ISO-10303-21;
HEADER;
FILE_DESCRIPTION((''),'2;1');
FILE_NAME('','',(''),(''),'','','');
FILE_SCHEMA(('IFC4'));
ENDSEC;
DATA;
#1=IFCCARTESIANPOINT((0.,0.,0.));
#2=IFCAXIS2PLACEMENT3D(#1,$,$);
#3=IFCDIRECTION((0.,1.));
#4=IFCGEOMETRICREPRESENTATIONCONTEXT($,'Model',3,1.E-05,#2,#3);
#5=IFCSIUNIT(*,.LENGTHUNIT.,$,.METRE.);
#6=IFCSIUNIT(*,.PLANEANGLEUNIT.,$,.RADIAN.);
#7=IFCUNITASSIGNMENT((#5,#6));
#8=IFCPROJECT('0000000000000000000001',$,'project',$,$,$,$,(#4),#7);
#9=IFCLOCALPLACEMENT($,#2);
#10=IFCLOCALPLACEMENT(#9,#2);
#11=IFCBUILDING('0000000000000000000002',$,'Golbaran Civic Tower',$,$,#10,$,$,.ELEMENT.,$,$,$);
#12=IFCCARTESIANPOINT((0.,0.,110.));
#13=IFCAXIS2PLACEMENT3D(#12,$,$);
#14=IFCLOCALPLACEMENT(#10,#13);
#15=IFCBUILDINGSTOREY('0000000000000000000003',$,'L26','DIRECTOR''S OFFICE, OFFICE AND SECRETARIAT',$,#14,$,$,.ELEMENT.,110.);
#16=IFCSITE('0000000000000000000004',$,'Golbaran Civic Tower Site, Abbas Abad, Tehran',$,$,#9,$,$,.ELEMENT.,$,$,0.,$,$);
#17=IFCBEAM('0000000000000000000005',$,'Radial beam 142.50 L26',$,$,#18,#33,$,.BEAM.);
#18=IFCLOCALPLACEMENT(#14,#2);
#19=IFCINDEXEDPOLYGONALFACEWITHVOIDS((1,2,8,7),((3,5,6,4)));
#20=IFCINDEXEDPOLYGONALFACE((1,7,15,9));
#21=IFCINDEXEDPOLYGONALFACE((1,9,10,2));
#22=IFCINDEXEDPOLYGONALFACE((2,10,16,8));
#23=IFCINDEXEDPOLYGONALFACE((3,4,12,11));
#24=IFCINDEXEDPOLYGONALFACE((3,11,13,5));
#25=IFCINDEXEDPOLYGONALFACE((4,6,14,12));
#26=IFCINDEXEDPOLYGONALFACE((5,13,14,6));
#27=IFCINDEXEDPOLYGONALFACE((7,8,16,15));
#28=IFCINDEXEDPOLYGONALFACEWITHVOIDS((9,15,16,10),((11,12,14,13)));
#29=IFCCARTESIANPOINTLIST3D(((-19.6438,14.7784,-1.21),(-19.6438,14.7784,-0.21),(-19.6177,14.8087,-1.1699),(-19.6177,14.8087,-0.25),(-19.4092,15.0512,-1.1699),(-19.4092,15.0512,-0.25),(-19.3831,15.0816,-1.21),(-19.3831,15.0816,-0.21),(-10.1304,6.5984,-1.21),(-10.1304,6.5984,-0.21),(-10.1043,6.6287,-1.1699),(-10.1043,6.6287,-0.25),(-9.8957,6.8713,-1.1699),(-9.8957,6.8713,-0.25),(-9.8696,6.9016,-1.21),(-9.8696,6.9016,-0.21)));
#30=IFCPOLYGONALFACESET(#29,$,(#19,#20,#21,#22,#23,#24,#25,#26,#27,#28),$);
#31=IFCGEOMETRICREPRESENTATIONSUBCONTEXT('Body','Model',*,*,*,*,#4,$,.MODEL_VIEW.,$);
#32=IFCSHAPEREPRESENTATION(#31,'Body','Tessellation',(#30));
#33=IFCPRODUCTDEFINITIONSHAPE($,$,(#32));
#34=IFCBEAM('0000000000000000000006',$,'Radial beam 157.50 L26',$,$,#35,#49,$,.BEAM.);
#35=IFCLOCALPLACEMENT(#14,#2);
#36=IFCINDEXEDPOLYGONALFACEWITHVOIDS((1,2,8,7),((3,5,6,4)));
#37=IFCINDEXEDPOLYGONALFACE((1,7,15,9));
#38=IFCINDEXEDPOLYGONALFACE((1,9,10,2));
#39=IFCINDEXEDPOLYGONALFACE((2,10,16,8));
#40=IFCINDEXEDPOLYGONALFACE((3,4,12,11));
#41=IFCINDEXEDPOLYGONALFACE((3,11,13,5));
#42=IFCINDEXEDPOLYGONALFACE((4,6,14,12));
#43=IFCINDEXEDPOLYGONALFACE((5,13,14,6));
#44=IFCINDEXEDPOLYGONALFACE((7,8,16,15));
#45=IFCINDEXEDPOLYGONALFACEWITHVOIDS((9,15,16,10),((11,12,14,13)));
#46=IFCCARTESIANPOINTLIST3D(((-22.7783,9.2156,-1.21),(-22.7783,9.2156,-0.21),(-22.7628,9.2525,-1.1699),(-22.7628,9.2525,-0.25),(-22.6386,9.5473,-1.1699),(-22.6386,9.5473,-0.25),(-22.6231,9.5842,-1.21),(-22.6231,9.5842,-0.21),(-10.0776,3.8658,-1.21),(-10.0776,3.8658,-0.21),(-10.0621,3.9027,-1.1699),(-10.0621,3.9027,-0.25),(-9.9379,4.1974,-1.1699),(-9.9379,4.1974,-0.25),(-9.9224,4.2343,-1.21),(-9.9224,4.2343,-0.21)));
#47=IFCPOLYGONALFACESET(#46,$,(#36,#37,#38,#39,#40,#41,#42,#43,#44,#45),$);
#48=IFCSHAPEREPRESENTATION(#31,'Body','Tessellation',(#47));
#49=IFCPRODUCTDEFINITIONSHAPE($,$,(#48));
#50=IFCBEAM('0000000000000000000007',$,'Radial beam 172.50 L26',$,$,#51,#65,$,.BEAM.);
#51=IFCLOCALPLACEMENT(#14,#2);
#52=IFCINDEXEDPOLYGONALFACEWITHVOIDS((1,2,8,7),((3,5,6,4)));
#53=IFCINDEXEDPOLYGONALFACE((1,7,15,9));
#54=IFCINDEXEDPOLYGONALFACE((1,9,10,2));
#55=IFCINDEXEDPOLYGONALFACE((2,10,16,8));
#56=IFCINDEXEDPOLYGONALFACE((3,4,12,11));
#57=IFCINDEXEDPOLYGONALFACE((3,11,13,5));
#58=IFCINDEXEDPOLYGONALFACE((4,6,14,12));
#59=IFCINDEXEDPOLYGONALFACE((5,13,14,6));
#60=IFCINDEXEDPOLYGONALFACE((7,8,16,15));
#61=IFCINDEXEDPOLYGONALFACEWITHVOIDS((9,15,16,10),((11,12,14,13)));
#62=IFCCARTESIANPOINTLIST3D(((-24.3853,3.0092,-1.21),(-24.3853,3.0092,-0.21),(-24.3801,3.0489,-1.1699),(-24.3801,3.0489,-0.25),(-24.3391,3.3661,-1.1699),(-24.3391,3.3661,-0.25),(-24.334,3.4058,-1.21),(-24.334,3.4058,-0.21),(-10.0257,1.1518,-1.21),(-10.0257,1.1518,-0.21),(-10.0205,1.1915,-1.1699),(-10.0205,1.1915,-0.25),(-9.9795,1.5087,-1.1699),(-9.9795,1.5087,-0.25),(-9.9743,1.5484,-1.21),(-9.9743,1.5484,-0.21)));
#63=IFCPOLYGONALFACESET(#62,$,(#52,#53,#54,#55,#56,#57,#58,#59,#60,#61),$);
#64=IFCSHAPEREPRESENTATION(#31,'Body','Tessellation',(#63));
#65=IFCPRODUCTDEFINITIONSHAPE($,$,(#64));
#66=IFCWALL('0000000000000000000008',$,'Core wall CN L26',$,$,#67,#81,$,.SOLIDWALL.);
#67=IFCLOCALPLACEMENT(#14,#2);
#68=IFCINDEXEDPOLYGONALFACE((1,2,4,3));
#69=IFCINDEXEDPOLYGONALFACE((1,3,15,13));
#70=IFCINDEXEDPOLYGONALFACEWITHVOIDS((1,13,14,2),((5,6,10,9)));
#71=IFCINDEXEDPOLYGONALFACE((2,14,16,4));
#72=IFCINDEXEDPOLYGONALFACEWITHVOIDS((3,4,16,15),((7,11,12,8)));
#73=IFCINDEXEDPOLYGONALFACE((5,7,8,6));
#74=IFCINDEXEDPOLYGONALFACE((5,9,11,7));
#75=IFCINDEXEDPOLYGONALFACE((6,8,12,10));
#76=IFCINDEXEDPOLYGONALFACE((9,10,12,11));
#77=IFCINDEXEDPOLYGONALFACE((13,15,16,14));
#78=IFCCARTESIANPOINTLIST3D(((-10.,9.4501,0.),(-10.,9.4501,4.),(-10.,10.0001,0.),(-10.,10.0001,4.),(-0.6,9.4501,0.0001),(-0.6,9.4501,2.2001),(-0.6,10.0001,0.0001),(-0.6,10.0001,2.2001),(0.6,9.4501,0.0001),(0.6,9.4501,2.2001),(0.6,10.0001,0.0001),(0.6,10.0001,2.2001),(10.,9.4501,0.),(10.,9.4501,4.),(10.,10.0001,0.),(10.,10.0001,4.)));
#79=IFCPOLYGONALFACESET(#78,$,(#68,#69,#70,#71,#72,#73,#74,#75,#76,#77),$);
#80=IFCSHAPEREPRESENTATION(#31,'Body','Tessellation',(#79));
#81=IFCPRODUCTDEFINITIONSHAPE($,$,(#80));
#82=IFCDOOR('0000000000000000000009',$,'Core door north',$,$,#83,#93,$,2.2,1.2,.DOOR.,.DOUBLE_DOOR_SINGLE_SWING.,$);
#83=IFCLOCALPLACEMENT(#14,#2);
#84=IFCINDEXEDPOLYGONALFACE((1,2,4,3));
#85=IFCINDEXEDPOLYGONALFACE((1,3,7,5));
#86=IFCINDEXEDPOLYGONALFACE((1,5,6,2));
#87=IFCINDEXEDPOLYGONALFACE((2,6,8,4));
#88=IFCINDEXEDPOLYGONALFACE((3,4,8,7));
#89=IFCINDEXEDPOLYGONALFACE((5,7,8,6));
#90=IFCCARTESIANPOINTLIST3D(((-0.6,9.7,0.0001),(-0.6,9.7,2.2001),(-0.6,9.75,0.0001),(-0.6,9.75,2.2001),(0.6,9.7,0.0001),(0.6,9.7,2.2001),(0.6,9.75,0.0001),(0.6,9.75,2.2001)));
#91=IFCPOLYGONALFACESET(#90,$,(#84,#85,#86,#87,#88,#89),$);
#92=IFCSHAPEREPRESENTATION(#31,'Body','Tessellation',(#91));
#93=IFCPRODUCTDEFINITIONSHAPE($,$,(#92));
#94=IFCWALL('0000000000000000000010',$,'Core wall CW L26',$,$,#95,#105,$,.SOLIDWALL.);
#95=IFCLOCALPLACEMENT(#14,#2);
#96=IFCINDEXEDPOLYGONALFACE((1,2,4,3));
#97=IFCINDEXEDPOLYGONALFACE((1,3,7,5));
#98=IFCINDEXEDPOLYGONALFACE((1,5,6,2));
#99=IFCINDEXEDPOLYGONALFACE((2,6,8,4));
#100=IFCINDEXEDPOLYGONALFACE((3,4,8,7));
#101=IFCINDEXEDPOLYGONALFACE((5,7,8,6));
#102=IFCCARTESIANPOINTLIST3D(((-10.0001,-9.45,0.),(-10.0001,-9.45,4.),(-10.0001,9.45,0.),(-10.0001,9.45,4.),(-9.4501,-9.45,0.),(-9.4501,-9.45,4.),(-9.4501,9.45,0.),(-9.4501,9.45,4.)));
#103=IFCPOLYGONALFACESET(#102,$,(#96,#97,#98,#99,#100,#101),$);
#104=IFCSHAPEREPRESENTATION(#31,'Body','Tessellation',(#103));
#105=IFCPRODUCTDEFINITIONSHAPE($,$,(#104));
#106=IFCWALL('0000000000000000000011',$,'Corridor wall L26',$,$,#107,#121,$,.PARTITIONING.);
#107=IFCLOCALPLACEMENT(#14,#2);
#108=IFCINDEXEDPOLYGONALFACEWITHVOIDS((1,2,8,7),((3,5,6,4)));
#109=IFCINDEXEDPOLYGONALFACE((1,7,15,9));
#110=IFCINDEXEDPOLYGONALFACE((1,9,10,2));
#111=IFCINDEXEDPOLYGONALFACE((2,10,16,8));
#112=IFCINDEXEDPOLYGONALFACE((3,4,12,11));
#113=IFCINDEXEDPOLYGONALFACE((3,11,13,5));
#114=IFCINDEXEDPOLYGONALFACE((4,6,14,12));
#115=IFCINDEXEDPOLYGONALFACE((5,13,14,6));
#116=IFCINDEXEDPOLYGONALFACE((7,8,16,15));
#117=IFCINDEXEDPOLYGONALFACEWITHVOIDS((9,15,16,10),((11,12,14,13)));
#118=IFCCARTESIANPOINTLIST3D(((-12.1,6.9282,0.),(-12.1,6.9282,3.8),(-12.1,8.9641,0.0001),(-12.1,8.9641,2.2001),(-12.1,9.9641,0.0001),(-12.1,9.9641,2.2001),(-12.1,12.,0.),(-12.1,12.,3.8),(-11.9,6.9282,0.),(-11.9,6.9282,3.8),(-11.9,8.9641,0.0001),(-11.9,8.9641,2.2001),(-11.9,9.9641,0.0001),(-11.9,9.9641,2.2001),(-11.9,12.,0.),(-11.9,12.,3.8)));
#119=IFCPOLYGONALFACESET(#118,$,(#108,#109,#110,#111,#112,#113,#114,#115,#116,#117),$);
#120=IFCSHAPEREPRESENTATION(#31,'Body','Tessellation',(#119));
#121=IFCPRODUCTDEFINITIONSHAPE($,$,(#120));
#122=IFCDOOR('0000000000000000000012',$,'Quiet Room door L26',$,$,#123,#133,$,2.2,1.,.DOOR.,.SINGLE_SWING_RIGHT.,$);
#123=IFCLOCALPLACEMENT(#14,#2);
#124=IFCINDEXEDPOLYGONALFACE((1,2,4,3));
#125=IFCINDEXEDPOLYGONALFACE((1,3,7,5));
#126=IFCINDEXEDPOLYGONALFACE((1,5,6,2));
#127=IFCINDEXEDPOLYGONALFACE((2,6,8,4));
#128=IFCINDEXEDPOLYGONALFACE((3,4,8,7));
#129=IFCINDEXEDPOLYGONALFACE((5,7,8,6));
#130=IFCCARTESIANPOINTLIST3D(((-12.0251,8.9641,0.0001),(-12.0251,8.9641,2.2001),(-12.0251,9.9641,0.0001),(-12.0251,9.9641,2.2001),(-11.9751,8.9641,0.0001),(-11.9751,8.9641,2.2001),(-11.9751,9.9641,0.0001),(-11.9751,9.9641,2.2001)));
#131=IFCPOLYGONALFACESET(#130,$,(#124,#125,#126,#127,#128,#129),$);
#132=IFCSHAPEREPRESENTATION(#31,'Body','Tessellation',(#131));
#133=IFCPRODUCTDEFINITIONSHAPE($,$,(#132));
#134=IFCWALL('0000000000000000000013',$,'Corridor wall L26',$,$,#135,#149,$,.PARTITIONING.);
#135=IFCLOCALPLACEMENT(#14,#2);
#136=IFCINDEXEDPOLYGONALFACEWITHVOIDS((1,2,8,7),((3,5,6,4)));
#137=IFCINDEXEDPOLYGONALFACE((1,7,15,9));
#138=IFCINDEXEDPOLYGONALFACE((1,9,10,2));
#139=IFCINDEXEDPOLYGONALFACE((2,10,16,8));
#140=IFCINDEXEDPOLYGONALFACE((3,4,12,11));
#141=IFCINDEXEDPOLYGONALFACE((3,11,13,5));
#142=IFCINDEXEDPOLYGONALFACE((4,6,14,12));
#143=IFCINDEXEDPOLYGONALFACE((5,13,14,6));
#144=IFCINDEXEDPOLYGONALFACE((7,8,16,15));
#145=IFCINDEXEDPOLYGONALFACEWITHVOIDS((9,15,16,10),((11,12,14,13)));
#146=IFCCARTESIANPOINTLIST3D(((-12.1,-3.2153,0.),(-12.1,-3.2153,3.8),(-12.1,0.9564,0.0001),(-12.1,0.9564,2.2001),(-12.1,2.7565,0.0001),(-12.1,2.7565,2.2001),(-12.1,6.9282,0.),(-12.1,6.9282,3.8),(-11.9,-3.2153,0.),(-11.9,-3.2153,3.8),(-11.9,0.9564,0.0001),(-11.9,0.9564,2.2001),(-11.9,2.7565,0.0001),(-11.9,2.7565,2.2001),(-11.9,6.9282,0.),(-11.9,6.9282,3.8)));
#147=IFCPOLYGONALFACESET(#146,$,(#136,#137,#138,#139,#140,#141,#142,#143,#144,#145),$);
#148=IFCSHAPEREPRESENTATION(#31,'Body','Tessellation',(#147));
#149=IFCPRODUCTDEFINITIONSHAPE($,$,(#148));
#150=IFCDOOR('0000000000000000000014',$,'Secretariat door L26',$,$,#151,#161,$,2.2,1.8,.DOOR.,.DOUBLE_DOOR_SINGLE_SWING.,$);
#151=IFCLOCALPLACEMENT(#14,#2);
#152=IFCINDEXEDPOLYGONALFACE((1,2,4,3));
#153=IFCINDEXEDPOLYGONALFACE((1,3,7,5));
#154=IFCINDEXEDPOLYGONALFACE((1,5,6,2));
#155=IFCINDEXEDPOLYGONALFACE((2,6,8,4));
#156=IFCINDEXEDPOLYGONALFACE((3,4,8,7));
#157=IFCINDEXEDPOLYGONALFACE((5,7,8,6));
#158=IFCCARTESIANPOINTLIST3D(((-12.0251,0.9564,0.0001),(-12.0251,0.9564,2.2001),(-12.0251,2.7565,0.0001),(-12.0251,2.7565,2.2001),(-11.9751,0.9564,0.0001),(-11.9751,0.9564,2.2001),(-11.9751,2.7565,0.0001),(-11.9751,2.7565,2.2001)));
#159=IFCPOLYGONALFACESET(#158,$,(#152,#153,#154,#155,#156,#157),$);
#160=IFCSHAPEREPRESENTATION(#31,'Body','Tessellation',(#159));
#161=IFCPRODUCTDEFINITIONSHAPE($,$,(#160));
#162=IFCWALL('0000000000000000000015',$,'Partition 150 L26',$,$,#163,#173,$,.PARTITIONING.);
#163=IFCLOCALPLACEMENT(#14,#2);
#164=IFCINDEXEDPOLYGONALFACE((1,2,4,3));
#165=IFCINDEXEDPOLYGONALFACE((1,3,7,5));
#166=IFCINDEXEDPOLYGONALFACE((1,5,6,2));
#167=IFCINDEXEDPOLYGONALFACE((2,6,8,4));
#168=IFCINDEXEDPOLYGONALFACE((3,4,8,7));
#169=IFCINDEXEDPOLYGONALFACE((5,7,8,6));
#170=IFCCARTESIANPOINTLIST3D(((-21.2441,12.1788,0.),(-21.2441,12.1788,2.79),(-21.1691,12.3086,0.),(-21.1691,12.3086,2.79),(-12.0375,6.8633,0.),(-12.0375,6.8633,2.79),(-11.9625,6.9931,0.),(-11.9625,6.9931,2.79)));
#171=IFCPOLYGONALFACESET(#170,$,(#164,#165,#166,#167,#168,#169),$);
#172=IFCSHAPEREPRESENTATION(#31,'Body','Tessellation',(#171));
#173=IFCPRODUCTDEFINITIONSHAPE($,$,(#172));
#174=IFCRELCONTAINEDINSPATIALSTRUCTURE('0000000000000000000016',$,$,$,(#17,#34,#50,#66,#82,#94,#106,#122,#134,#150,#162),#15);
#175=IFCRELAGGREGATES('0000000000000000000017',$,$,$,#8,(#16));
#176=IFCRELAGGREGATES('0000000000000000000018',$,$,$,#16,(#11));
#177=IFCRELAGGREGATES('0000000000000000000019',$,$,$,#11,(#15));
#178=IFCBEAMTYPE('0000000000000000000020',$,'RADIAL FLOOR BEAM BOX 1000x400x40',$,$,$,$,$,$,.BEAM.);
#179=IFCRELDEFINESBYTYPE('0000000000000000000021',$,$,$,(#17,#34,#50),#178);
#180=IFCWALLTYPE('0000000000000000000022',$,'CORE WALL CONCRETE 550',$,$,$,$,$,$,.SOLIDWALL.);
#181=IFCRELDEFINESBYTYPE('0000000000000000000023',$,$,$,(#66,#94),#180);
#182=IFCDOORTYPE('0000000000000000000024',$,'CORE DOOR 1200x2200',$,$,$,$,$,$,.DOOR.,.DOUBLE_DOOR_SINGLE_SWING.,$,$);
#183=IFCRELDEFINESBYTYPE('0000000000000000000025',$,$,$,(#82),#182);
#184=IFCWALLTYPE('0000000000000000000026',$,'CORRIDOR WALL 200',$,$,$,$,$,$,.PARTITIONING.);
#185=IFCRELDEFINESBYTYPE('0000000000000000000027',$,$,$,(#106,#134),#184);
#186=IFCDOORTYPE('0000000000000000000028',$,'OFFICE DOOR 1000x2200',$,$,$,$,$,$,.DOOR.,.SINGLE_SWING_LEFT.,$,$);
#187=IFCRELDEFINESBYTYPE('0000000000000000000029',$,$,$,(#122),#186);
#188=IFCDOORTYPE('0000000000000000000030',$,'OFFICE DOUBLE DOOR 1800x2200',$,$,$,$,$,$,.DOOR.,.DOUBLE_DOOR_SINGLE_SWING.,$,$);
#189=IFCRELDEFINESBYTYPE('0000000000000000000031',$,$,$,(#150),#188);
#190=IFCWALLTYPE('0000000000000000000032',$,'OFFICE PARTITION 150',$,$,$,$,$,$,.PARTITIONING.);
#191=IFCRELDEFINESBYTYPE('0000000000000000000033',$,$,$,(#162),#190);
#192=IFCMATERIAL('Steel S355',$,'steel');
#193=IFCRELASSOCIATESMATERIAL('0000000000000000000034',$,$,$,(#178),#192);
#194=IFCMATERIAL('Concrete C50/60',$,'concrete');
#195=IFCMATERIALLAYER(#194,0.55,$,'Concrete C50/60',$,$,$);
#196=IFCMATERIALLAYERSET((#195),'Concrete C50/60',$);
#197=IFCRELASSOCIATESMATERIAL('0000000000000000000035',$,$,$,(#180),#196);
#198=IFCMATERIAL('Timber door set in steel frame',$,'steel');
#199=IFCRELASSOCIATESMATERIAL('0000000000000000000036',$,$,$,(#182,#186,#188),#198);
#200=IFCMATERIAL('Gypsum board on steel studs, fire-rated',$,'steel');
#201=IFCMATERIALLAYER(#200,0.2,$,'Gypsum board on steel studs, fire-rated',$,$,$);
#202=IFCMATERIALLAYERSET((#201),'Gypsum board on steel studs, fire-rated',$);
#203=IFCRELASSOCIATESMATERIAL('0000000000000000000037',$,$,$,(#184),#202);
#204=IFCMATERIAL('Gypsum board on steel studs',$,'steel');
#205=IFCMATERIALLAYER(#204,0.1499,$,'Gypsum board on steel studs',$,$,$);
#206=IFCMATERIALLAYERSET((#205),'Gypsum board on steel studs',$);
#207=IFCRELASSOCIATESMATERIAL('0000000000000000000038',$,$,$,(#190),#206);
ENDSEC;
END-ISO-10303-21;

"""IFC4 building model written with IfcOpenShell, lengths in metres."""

from ifc_helpers import new_model, si_unit, direction, frame, frame_2d, origin, origin_2d, place, context, subcontext, project, spatial, rectangle, hollow_rectangle, extrude, material, layer, layer_set, material_profile, profile_set, type_object, element, fill, save


model = new_model("IFC4")

# Units and contexts
model_context = context("Model", 3, precision=1e-05, world=origin(), true_north=direction((0.0, 1.0)))
body_context = subcontext(model_context, "Body", "Model", "MODEL_VIEW")
ifc_project = project(units=[si_unit("LENGTHUNIT", "METRE"), si_unit("PLANEANGLEUNIT", "RADIAN")], contexts=[model_context])

# Site, building, storey
site_placement = place(None, origin())
site = spatial("IfcSite", under=ifc_project, at=site_placement, Name="Golbaran Civic Tower Site, Abbas Abad, Tehran", CompositionType="ELEMENT", RefElevation=0.0)
building_placement = place(site_placement, origin())
building = spatial("IfcBuilding", under=site, at=building_placement, Name="Golbaran Civic Tower", CompositionType="ELEMENT")
storey_placement = place(building_placement, frame((0.0, 0.0, 110.0)))
storey = spatial("IfcBuildingStorey", under=building, at=storey_placement, Name="L26", Description="DIRECTOR'S OFFICE, OFFICE AND SECRETARIAT", CompositionType="ELEMENT", Elevation=110.0)

# Beams
ifc_material_1 = material(Name="Steel S355", Category="steel")
ifc_material_profile_1 = material_profile(ifc_material_1, hollow_rectangle(XDim=0.3999, YDim=1.0, WallThickness=0.04, at=origin_2d()), Name="BOX 1000x400x40")
ifc_profile_set_1 = profile_set([ifc_material_profile_1], Name="Steel S355")
beam_type_1 = type_object("IfcBeamType", Name="RADIAL FLOOR BEAM BOX 1000x400x40", PredefinedType="BEAM", material=ifc_profile_set_1)
beam_1_placement = place(storey_placement, frame((-10.0, 6.75, -0.71), z_axis=(-0.758249, 0.651965, 0.0), x_axis=(-0.651965, -0.758249, 0.0)))
element("IfcBeam", 1, at=beam_1_placement, inside=storey, type_object=beam_type_1, Name="Radial beam 142.50 L26", PredefinedType="BEAM", context=body_context, shape_type="SweptSolid", body=[
    extrude(hollow_rectangle(XDim=0.3999, YDim=1.0, WallThickness=0.04, at=origin_2d()), origin(), (0.0, 0.0, 1.0), 12.5466),
])
beam_2_placement = place(storey_placement, frame((-10.0, 4.05, -0.71), z_axis=(-0.921578, 0.388192, 0.0), x_axis=(-0.388192, -0.921578, 0.0)))
element("IfcBeam", 2, at=beam_2_placement, inside=storey, type_object=beam_type_1, Name="Radial beam 157.50 L26", PredefinedType="BEAM", context=body_context, shape_type="SweptSolid", body=[
    extrude(hollow_rectangle(XDim=0.3999, YDim=1.0, WallThickness=0.04, at=origin_2d()), origin(), (0.0, 0.0, 1.0), 13.7815),
])
beam_3_placement = place(storey_placement, frame((-10.0, 1.3501, -0.71), z_axis=(-0.991738, 0.128282, 0.0), x_axis=(-0.128282, -0.991738, 0.0)))
element("IfcBeam", 3, at=beam_3_placement, inside=storey, type_object=beam_type_1, Name="Radial beam 172.50 L26", PredefinedType="BEAM", context=body_context, shape_type="SweptSolid", body=[
    extrude(hollow_rectangle(XDim=0.3999, YDim=1.0, WallThickness=0.04, at=origin_2d()), origin(), (0.0, 0.0, 1.0), 14.4792),
])

# Wall, opening, door
ifc_material_2 = material(Name="Concrete C50/60", Category="concrete")
ifc_layer_1 = layer(ifc_material_2, 0.55, Name="Concrete C50/60")
ifc_layer_set_1 = layer_set([ifc_layer_1], Name="Concrete C50/60")
wall_type_1 = type_object("IfcWallType", Name="CORE WALL CONCRETE 550", PredefinedType="SOLIDWALL", material=ifc_layer_set_1)
wall_1_placement = place(storey_placement, frame((-10.0, 9.7251, 0.0), z_axis=(0.0, 0.0, 1.0), x_axis=(1.0, 0.0, 0.0)))
wall_1 = element("IfcWall", 4, at=wall_1_placement, inside=storey, type_object=wall_type_1, Name="Core wall CN L26", PredefinedType="SOLIDWALL", context=body_context, shape_type="SweptSolid", body=[
    extrude(rectangle(XDim=20.0, YDim=0.55, at=frame_2d((10.0, 0.0))), origin(), (0.0, 0.0, 1.0), 4.0),
])
opening_1_placement = place(wall_1_placement, frame((9.3999, 0.0, 0.0)))
opening_1 = element("IfcOpeningElement", 5, at=opening_1_placement, cuts=wall_1, PredefinedType="OPENING", context=body_context, shape_type="SweptSolid", body=[
    extrude(rectangle(XDim=1.2, YDim=2.2, at=frame_2d((0.6001, 1.1001))), frame((0.0, 0.2849, 0.0), z_axis=(0.0, -1.0, 0.0), x_axis=(1.0, 0.0, 0.0)), (0.0, 0.0, 1.0), 0.5701),
])
ifc_material_3 = material(Name="Timber door set in steel frame", Category="steel")
door_type_1 = type_object("IfcDoorType", Name="CORE DOOR 1200x2200", OperationType="DOUBLE_DOOR_SINGLE_SWING", PredefinedType="DOOR", material=ifc_material_3)
door_1_placement = place(opening_1_placement, origin())
door_1 = element("IfcDoor", 6, at=door_1_placement, inside=storey, type_object=door_type_1, Name="Core door north", OperationType="DOUBLE_DOOR_SINGLE_SWING", OverallHeight=2.2, OverallWidth=1.2, PredefinedType="DOOR", context=body_context, shape_type="SweptSolid", body=[
    extrude(rectangle(XDim=1.2, YDim=2.2, at=frame_2d((0.6001, 1.1001))), frame((0.0, 0.0249, 0.0), z_axis=(0.0, -1.0, 0.0), x_axis=(1.0, 0.0, 0.0)), (0.0, 0.0, 1.0), 0.05),
])
fill(opening_1, door_1)

# Wall
wall_2_placement = place(storey_placement, frame((-9.7251, 9.45, 0.0), z_axis=(0.0, 0.0, 1.0), x_axis=(0.0, -1.0, 0.0)))
element("IfcWall", 7, at=wall_2_placement, inside=storey, type_object=wall_type_1, Name="Core wall CW L26", PredefinedType="SOLIDWALL", context=body_context, shape_type="SweptSolid", body=[
    extrude(rectangle(XDim=18.8999, YDim=0.55, at=frame_2d((9.45, 0.0))), origin(), (0.0, 0.0, 1.0), 4.0),
])

# Walls, openings, doors
ifc_material_4 = material(Name="Gypsum board on steel studs, fire-rated", Category="steel")
ifc_layer_2 = layer(ifc_material_4, 0.2, Name="Gypsum board on steel studs, fire-rated")
ifc_layer_set_2 = layer_set([ifc_layer_2], Name="Gypsum board on steel studs, fire-rated")
wall_type_2 = type_object("IfcWallType", Name="CORRIDOR WALL 200", PredefinedType="PARTITIONING", material=ifc_layer_set_2)
wall_3_placement = place(storey_placement, frame((-12.0, 12.0, 0.0), z_axis=(0.0, 0.0, 1.0), x_axis=(0.0, -1.0, 0.0)))
wall_3 = element("IfcWall", 8, at=wall_3_placement, inside=storey, type_object=wall_type_2, Name="Corridor wall L26", PredefinedType="PARTITIONING", context=body_context, shape_type="SweptSolid", body=[
    extrude(rectangle(XDim=5.0718, YDim=0.2, at=frame_2d((2.5359, 0.0))), origin(), (0.0, 0.0, 1.0), 3.8),
])
opening_2_placement = place(wall_3_placement, frame((2.0359, 0.0, 0.0)))
opening_2 = element("IfcOpeningElement", 9, at=opening_2_placement, cuts=wall_3, PredefinedType="OPENING", context=body_context, shape_type="SweptSolid", body=[
    extrude(rectangle(XDim=1.0, YDim=2.2, at=frame_2d((0.5, 1.1001))), frame((0.0, 0.1099, 0.0), z_axis=(0.0, -1.0, 0.0), x_axis=(1.0, 0.0, 0.0)), (0.0, 0.0, 1.0), 0.22),
])
door_type_2 = type_object("IfcDoorType", Name="OFFICE DOOR 1000x2200", OperationType="SINGLE_SWING_LEFT", PredefinedType="DOOR", material=ifc_material_3)
door_2_placement = place(opening_2_placement, origin())
door_2 = element("IfcDoor", 10, at=door_2_placement, inside=storey, type_object=door_type_2, Name="Quiet Room door L26", OperationType="SINGLE_SWING_RIGHT", OverallHeight=2.2, OverallWidth=1.0, PredefinedType="DOOR", context=body_context, shape_type="SweptSolid", body=[
    extrude(rectangle(XDim=1.0, YDim=2.2, at=frame_2d((0.5, 1.1001))), frame((0.0, 0.0249, 0.0), z_axis=(0.0, -1.0, 0.0), x_axis=(1.0, 0.0, 0.0)), (0.0, 0.0, 1.0), 0.05),
])
fill(opening_2, door_2)
wall_4_placement = place(storey_placement, frame((-12.0, 6.9282, 0.0), z_axis=(0.0, 0.0, 1.0), x_axis=(0.0, -1.0, 0.0)))
wall_4 = element("IfcWall", 11, at=wall_4_placement, inside=storey, type_object=wall_type_2, Name="Corridor wall L26", PredefinedType="PARTITIONING", context=body_context, shape_type="SweptSolid", body=[
    extrude(rectangle(XDim=10.1436, YDim=0.2, at=frame_2d((5.0718, 0.0))), origin(), (0.0, 0.0, 1.0), 3.8),
])
opening_3_placement = place(wall_4_placement, frame((4.1719, 0.0, 0.0)))
opening_3 = element("IfcOpeningElement", 12, at=opening_3_placement, cuts=wall_4, PredefinedType="OPENING", context=body_context, shape_type="SweptSolid", body=[
    extrude(rectangle(XDim=1.8, YDim=2.2, at=frame_2d((0.8999, 1.1001))), frame((0.0, 0.1099, 0.0), z_axis=(0.0, -1.0, 0.0), x_axis=(1.0, 0.0, 0.0)), (0.0, 0.0, 1.0), 0.22),
])
door_type_3 = type_object("IfcDoorType", Name="OFFICE DOUBLE DOOR 1800x2200", OperationType="DOUBLE_DOOR_SINGLE_SWING", PredefinedType="DOOR", material=ifc_material_3)
door_3_placement = place(opening_3_placement, origin())
door_3 = element("IfcDoor", 13, at=door_3_placement, inside=storey, type_object=door_type_3, Name="Secretariat door L26", OperationType="DOUBLE_DOOR_SINGLE_SWING", OverallHeight=2.2, OverallWidth=1.8, PredefinedType="DOOR", context=body_context, shape_type="SweptSolid", body=[
    extrude(rectangle(XDim=1.8, YDim=2.2, at=frame_2d((0.8999, 1.1001))), frame((0.0, 0.0249, 0.0), z_axis=(0.0, -1.0, 0.0), x_axis=(1.0, 0.0, 0.0)), (0.0, 0.0, 1.0), 0.05),
])
fill(opening_3, door_3)

# Wall
ifc_material_5 = material(Name="Gypsum board on steel studs", Category="steel")
ifc_layer_3 = layer(ifc_material_5, 0.1499, Name="Gypsum board on steel studs")
ifc_layer_set_3 = layer_set([ifc_layer_3], Name="Gypsum board on steel studs")
wall_type_3 = type_object("IfcWallType", Name="OFFICE PARTITION 150", PredefinedType="PARTITIONING", material=ifc_layer_set_3)
wall_5_placement = place(storey_placement, frame((-12.0, 6.9282, 0.0), z_axis=(0.0, 0.0, 1.0), x_axis=(-0.866024, 0.500002, 0.0)))
element("IfcWall", 14, at=wall_5_placement, inside=storey, type_object=wall_type_3, Name="Partition 150 L26", PredefinedType="PARTITIONING", context=body_context, shape_type="SweptSolid", body=[
    extrude(rectangle(XDim=10.6309, YDim=0.1499, at=frame_2d((5.3154, 0.0))), origin(), (0.0, 0.0, 1.0), 2.79),
])

save(model, "model.ifc")
